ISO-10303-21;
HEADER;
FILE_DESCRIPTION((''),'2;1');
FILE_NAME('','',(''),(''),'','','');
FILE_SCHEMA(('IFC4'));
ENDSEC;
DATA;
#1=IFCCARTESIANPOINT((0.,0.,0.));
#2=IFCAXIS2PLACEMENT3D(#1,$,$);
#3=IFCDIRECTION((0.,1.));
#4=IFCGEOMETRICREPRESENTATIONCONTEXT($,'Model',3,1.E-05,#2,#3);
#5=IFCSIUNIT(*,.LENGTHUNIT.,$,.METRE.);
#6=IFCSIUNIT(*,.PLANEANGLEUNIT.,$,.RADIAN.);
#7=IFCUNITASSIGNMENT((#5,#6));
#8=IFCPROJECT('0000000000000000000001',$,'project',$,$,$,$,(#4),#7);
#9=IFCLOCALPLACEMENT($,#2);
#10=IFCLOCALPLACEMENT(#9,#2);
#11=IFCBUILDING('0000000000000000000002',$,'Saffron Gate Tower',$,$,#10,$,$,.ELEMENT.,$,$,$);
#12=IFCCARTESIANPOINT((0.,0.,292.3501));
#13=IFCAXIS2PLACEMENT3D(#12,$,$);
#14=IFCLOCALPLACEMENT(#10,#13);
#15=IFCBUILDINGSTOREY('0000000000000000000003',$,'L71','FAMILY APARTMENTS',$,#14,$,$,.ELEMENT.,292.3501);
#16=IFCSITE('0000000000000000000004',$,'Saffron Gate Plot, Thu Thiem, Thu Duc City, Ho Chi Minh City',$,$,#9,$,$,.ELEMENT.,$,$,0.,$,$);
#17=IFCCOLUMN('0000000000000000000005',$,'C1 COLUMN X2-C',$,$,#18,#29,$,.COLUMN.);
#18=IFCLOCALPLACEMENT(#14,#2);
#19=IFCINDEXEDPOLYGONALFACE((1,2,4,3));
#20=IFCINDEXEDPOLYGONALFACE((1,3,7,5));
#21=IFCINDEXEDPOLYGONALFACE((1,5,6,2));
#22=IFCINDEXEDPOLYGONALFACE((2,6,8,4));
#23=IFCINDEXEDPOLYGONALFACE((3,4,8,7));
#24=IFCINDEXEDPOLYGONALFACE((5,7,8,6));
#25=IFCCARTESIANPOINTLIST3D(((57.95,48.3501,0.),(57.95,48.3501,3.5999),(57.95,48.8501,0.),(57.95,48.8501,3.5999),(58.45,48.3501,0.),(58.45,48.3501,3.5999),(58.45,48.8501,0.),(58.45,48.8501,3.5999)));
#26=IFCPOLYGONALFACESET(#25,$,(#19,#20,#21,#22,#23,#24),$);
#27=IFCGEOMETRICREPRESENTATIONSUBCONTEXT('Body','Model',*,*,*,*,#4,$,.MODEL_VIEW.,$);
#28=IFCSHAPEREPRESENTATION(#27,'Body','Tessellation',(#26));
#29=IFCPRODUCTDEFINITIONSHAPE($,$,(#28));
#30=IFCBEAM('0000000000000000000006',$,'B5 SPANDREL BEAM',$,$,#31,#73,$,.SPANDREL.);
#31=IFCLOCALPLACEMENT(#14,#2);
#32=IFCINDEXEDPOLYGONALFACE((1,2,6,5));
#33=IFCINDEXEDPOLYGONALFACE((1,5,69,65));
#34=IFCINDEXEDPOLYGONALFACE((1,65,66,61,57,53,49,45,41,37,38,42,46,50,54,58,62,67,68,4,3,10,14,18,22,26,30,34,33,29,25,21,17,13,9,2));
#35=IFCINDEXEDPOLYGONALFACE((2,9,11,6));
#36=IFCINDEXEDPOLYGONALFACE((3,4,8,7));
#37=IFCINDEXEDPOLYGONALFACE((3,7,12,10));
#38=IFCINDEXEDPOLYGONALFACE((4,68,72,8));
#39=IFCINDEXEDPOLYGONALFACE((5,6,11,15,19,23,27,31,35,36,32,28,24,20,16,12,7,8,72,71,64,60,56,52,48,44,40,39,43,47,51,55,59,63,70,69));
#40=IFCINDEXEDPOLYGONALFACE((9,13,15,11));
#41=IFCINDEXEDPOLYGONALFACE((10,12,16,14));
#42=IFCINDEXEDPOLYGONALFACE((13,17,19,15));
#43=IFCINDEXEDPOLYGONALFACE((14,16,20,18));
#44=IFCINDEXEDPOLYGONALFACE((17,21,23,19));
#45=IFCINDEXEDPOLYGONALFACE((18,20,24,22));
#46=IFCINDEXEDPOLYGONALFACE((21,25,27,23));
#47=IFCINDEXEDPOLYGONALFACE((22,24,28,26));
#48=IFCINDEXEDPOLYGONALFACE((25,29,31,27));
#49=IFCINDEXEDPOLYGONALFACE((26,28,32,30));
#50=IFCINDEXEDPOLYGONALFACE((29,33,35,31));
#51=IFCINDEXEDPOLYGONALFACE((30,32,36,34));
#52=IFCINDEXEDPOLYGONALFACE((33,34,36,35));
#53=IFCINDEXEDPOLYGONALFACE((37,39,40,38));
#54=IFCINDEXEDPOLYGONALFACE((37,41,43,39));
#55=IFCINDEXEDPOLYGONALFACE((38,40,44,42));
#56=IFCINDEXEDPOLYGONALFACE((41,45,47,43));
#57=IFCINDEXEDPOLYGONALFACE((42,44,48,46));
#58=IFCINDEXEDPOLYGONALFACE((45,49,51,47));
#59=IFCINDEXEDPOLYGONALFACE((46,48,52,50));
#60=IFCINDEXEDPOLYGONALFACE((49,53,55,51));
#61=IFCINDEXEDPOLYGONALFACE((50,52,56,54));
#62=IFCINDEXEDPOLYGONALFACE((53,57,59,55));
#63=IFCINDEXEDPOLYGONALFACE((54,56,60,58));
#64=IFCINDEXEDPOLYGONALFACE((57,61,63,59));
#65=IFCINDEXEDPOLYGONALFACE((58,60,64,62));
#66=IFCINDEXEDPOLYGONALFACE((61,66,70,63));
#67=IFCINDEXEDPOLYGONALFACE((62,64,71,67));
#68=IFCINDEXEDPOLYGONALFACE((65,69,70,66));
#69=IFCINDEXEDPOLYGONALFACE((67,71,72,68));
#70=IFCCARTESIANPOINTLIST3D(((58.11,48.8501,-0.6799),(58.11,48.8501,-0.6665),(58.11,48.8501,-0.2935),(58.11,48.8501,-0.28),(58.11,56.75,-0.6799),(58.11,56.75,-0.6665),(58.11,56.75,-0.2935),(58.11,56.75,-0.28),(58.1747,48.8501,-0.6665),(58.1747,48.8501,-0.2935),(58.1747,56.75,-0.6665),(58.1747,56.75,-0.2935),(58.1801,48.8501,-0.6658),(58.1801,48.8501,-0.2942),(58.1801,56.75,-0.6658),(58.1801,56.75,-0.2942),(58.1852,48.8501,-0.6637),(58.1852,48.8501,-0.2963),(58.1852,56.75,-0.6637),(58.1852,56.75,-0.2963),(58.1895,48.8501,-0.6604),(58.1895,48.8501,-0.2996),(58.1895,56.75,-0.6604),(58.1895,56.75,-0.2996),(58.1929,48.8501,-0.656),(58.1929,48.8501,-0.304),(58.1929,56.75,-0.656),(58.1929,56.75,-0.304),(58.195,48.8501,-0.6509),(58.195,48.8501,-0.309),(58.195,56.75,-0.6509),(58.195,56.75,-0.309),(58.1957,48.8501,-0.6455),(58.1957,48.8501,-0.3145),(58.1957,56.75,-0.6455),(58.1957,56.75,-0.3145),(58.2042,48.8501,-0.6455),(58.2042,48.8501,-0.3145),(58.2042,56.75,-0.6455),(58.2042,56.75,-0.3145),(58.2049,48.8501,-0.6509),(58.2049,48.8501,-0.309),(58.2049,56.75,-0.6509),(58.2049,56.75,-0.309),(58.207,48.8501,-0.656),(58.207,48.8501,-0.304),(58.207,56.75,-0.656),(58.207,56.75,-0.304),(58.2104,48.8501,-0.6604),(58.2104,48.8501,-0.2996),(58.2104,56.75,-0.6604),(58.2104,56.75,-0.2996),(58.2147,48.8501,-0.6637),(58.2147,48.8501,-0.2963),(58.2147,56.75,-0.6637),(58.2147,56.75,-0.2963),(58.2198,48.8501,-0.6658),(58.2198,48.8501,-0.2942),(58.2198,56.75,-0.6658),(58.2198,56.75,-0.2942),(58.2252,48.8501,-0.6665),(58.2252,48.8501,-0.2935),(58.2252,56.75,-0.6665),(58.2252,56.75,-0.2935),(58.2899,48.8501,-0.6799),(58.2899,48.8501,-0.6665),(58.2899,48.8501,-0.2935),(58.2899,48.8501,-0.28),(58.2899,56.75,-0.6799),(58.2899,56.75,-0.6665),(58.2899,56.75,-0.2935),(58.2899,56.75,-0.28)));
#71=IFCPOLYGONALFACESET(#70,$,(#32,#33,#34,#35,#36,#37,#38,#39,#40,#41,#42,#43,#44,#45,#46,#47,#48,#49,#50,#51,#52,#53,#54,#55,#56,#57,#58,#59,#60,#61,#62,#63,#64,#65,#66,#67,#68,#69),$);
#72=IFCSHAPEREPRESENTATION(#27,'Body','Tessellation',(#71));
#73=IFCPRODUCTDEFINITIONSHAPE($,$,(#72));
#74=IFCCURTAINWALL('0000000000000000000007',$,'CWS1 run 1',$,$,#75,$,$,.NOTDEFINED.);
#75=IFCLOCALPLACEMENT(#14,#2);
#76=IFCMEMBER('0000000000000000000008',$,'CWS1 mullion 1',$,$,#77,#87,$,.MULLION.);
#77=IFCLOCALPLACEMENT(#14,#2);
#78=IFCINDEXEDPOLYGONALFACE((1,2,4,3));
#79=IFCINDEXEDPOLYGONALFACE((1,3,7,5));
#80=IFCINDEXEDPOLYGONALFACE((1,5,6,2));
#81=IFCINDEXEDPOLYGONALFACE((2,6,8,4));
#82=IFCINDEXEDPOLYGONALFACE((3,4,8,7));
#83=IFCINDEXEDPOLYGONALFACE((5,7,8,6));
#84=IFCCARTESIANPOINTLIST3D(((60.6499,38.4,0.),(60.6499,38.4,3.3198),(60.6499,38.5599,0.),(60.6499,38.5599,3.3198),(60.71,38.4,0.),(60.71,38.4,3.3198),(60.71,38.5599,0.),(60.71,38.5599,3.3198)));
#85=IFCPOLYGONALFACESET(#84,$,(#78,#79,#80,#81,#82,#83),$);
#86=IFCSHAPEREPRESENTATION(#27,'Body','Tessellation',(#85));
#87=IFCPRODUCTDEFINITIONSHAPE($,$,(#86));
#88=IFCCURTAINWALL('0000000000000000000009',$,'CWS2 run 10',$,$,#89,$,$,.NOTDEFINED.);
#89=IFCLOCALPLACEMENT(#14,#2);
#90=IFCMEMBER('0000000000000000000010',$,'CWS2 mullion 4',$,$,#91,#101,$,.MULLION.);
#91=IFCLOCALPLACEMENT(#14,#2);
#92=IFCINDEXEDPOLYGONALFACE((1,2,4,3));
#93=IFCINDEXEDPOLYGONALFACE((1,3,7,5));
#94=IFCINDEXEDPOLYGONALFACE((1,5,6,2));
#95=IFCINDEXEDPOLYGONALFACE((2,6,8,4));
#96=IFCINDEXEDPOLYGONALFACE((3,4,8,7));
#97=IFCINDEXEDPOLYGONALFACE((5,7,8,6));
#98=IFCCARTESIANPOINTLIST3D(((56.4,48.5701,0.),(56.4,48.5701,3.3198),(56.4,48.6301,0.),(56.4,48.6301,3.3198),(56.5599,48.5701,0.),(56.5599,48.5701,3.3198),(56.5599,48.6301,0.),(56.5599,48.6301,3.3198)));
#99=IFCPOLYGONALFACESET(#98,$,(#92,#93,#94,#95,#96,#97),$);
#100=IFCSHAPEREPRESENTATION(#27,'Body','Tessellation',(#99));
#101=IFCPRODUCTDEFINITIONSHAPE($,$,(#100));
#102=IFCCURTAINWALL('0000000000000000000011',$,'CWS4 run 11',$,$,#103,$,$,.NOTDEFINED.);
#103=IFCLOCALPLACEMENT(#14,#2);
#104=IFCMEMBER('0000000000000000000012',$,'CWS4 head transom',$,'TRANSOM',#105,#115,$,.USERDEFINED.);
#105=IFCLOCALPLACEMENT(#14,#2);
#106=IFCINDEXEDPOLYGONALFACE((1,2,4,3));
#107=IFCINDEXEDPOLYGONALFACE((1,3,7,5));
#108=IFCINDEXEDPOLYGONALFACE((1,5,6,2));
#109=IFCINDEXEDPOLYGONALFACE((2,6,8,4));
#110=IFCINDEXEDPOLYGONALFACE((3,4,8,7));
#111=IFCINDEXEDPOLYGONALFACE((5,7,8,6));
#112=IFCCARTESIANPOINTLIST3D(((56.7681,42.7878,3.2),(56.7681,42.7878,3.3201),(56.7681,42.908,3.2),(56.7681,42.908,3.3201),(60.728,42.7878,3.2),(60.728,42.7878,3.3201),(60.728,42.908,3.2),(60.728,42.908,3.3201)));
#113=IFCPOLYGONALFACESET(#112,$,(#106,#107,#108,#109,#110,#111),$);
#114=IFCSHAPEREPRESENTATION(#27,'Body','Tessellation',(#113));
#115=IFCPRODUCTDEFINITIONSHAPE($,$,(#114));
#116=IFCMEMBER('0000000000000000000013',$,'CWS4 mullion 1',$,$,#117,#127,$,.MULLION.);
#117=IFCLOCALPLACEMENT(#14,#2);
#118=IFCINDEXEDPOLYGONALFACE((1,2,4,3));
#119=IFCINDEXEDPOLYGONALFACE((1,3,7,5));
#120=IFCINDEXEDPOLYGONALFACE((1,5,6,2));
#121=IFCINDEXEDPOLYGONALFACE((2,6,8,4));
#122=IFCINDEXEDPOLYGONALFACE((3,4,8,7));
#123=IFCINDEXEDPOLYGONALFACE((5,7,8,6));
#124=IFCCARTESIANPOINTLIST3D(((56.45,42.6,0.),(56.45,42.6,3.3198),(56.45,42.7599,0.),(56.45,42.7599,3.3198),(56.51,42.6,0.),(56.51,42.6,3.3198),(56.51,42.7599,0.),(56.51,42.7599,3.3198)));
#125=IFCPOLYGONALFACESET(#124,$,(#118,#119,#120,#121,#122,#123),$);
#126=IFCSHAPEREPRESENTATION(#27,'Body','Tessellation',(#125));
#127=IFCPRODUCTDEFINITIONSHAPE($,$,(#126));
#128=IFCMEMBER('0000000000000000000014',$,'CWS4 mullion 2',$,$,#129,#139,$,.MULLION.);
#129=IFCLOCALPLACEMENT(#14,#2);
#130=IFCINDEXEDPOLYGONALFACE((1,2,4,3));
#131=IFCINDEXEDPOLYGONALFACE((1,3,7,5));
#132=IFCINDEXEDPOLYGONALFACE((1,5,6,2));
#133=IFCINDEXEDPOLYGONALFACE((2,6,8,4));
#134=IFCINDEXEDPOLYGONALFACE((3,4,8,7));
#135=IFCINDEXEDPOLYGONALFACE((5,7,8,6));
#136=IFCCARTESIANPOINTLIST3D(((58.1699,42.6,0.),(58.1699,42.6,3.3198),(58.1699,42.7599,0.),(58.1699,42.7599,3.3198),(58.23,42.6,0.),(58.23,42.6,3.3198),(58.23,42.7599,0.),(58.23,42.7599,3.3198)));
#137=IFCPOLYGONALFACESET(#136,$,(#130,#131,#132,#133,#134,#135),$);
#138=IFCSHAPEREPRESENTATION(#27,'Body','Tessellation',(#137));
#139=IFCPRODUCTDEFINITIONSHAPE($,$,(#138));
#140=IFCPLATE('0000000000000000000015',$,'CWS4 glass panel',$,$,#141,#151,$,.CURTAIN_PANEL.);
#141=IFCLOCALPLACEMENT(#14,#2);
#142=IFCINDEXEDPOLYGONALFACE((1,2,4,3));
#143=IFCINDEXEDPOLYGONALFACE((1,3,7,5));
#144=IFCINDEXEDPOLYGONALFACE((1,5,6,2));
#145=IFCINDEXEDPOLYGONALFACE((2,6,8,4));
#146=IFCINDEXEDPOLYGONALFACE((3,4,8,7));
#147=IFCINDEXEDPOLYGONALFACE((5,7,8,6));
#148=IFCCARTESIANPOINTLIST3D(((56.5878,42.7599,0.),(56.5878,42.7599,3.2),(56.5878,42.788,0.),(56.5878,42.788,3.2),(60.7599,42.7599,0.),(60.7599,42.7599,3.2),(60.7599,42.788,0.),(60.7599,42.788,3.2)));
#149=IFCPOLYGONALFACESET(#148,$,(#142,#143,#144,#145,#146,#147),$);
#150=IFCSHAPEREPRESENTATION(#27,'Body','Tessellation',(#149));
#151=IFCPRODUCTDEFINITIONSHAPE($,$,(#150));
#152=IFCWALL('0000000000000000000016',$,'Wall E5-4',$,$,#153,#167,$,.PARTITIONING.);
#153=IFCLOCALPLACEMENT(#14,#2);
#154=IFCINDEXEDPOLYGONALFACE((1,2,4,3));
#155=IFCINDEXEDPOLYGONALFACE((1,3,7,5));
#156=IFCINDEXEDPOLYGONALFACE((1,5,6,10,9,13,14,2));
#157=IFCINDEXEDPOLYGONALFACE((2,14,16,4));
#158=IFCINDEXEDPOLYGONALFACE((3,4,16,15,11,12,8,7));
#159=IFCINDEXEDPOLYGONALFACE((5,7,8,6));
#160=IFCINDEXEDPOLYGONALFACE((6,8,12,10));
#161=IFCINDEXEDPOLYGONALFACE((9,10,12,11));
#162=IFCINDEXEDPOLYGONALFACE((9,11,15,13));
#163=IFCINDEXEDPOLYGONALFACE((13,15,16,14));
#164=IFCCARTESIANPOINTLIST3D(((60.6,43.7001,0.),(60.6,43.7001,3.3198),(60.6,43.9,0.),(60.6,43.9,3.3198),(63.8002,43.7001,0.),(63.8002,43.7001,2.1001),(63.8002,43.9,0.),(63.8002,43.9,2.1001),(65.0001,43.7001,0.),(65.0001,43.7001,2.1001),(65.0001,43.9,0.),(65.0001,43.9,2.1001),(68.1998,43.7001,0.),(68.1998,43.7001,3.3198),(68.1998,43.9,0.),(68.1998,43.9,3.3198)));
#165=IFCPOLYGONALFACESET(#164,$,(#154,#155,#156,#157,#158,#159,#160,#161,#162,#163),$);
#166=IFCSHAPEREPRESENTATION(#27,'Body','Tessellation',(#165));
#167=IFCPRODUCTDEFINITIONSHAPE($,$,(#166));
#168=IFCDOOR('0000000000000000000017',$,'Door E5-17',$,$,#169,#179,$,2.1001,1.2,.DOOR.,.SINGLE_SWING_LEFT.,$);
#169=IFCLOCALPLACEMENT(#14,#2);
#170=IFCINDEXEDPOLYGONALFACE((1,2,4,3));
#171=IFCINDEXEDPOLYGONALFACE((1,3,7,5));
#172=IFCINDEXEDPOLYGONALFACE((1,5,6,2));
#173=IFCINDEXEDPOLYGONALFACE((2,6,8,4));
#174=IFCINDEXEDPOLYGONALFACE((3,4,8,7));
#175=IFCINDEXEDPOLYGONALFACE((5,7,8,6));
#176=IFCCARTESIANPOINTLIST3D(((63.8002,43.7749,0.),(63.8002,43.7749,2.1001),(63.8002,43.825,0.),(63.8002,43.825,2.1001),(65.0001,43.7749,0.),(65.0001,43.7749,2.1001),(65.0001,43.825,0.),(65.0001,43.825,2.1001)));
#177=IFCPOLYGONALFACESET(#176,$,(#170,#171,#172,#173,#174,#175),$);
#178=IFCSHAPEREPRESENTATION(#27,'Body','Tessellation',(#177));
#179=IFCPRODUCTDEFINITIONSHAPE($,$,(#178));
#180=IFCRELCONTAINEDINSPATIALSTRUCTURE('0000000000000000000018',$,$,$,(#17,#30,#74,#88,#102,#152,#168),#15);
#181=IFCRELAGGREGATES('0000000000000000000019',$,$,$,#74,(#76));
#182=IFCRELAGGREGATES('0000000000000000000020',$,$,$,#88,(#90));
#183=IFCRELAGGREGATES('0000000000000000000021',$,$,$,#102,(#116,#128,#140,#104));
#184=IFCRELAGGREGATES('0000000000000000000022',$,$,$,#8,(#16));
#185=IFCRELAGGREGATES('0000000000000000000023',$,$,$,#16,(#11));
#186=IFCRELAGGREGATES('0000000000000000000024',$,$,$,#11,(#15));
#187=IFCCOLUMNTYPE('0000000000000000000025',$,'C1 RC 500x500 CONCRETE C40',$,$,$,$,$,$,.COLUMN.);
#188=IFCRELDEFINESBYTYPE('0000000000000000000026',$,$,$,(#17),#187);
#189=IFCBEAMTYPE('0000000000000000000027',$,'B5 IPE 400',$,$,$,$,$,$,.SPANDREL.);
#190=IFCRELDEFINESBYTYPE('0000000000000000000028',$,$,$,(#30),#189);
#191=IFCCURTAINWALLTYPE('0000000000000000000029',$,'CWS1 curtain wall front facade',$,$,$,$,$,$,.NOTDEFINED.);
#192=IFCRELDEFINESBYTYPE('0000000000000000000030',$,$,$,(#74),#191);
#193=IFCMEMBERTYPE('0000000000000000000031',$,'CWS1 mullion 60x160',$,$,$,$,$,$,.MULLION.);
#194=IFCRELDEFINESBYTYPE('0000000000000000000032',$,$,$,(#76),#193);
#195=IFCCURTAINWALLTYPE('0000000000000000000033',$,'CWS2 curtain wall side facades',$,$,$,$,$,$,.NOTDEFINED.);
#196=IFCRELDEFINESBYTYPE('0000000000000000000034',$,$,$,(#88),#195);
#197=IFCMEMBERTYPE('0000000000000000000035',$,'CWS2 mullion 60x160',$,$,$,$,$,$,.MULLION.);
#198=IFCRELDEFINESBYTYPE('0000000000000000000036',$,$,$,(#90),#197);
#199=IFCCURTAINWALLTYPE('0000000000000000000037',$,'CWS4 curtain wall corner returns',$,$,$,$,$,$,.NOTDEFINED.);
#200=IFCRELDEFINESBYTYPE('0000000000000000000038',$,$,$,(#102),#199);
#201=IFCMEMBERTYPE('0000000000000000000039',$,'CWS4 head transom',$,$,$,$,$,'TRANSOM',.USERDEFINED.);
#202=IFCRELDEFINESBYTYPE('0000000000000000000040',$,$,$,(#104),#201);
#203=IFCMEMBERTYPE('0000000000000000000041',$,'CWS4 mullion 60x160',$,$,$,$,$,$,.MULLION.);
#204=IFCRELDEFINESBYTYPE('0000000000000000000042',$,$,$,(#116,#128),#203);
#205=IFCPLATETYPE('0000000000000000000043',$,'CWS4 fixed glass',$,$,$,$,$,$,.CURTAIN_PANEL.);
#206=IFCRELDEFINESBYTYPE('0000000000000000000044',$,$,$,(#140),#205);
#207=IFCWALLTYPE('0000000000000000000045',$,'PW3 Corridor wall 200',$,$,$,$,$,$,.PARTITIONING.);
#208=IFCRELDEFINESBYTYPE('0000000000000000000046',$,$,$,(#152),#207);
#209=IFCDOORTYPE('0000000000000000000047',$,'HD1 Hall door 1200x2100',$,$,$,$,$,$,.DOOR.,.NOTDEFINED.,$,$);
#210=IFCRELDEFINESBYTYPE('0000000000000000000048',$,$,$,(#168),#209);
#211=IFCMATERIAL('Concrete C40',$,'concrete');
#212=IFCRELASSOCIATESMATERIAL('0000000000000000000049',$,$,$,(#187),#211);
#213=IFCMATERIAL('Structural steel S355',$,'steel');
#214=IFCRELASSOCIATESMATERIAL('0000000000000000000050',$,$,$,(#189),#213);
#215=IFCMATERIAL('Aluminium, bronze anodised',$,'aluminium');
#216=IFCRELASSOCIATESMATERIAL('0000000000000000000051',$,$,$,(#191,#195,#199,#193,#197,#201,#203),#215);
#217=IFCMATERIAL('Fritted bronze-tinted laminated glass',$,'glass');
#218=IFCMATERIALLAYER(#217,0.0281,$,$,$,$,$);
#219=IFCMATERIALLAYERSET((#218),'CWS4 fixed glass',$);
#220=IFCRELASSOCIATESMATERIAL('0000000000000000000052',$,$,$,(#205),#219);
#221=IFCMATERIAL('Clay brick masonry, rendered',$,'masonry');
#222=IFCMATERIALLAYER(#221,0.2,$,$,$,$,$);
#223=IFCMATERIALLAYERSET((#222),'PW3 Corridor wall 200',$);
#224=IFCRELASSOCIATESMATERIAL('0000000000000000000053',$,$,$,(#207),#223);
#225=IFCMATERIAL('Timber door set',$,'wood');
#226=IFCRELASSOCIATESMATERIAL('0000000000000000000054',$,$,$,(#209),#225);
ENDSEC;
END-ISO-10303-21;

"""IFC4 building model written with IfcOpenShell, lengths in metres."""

from ifc_helpers import new_model, si_unit, direction, frame, frame_2d, origin, origin_2d, place, context, subcontext, project, spatial, rectangle, i_section, extrude, material, layer, layer_set, material_profile, profile_set, type_object, element, fill, aggregate, save


model = new_model("IFC4")

# Units and contexts
model_context = context("Model", 3, precision=1e-05, world=origin(), true_north=direction((0.0, 1.0)))
body_context = subcontext(model_context, "Body", "Model", "MODEL_VIEW")
ifc_project = project(units=[si_unit("LENGTHUNIT", "METRE"), si_unit("PLANEANGLEUNIT", "RADIAN")], contexts=[model_context])

# Site, building, storey
site_placement = place(None, origin())
site = spatial("IfcSite", under=ifc_project, at=site_placement, Name="Saffron Gate Plot, Thu Thiem, Thu Duc City, Ho Chi Minh City", CompositionType="ELEMENT", RefElevation=0.0)
building_placement = place(site_placement, origin())
building = spatial("IfcBuilding", under=site, at=building_placement, Name="Saffron Gate Tower", CompositionType="ELEMENT")
storey_placement = place(building_placement, frame((0.0, 0.0, 292.3501)))
storey = spatial("IfcBuildingStorey", under=building, at=storey_placement, Name="L71", Description="FAMILY APARTMENTS", CompositionType="ELEMENT", Elevation=292.3501)

# Column
ifc_material_1 = material(Name="Concrete C40", Category="concrete")
ifc_material_profile_1 = material_profile(ifc_material_1, rectangle(XDim=0.5, YDim=0.5, at=origin_2d()))
ifc_profile_set_1 = profile_set([ifc_material_profile_1], Name="Concrete C40")
column_type = type_object("IfcColumnType", Name="C1 RC 500x500 CONCRETE C40", PredefinedType="COLUMN", material=ifc_profile_set_1)
column_placement = place(storey_placement, frame((58.2, 48.6001, 0.0), z_axis=(0.0, 0.0, 1.0), x_axis=(1.0, 0.0, 0.0)))
element("IfcColumn", 1, at=column_placement, inside=storey, type_object=column_type, Name="C1 COLUMN X2-C", PredefinedType="COLUMN", context=body_context, shape_type="SweptSolid", body=[
    extrude(rectangle(XDim=0.5, YDim=0.5, at=origin_2d()), origin(), (0.0, 0.0, 1.0), 3.5999),
])

# Beam
ifc_material_2 = material(Name="Structural steel S355", Category="steel")
ifc_material_profile_2 = material_profile(ifc_material_2, i_section(OverallWidth=0.1799, OverallDepth=0.3999, WebThickness=0.0085, FlangeThickness=0.0134, FilletRadius=0.021, at=origin_2d()))
ifc_profile_set_2 = profile_set([ifc_material_profile_2], Name="Structural steel S355")
beam_type = type_object("IfcBeamType", Name="B5 IPE 400", PredefinedType="SPANDREL", material=ifc_profile_set_2)
beam_placement = place(storey_placement, frame((58.2, 48.8501, -0.48), z_axis=(0.0, 1.0, 0.0), x_axis=(-1.0, 0.0, 0.0)))
element("IfcBeam", 2, at=beam_placement, inside=storey, type_object=beam_type, Name="B5 SPANDREL BEAM", PredefinedType="SPANDREL", context=body_context, shape_type="SweptSolid", body=[
    extrude(i_section(OverallWidth=0.1799, OverallDepth=0.3999, WebThickness=0.0085, FlangeThickness=0.0134, FilletRadius=0.021, at=origin_2d()), origin(), (0.0, 0.0, 1.0), 7.8999),
])

# Curtain walls, members
ifc_material_3 = material(Name="Aluminium, bronze anodised", Category="aluminium")
curtain_wall_type_1 = type_object("IfcCurtainWallType", Name="CWS1 curtain wall front facade", PredefinedType="NOTDEFINED", material=ifc_material_3)
curtain_wall_1_placement = place(storey_placement, origin())
curtain_wall_1 = element("IfcCurtainWall", 3, at=curtain_wall_1_placement, inside=storey, type_object=curtain_wall_type_1, Name="CWS1 run 1", PredefinedType="NOTDEFINED")
ifc_material_profile_3 = material_profile(ifc_material_3, rectangle(XDim=0.1599, YDim=0.0601, at=origin_2d()))
ifc_profile_set_3 = profile_set([ifc_material_profile_3], Name="Aluminium, bronze anodised")
member_type_1 = type_object("IfcMemberType", Name="CWS1 mullion 60x160", PredefinedType="MULLION", material=ifc_profile_set_3)
member_1_placement = place(storey_placement, frame((60.6799, 38.48, 0.0), z_axis=(0.0, 0.0, 1.0), x_axis=(0.0, 1.0, 0.0)))
member_1 = element("IfcMember", 4, at=member_1_placement, type_object=member_type_1, Name="CWS1 mullion 1", PredefinedType="MULLION", context=body_context, shape_type="SweptSolid", body=[
    extrude(rectangle(XDim=0.1599, YDim=0.0601, at=origin_2d()), origin(), (0.0, 0.0, 1.0), 3.3198),
])
aggregate(curtain_wall_1, [member_1])
curtain_wall_type_2 = type_object("IfcCurtainWallType", Name="CWS2 curtain wall side facades", PredefinedType="NOTDEFINED", material=ifc_material_3)
curtain_wall_2_placement = place(storey_placement, origin())
curtain_wall_2 = element("IfcCurtainWall", 5, at=curtain_wall_2_placement, inside=storey, type_object=curtain_wall_type_2, Name="CWS2 run 10", PredefinedType="NOTDEFINED")
ifc_material_profile_4 = material_profile(ifc_material_3, rectangle(XDim=0.1599, YDim=0.0601, at=origin_2d()))
ifc_profile_set_4 = profile_set([ifc_material_profile_4], Name="Aluminium, bronze anodised")
member_type_2 = type_object("IfcMemberType", Name="CWS2 mullion 60x160", PredefinedType="MULLION", material=ifc_profile_set_4)
member_2_placement = place(storey_placement, frame((56.48, 48.6001, 0.0), z_axis=(0.0, 0.0, 1.0), x_axis=(1.0, 0.0, 0.0)))
member_2 = element("IfcMember", 6, at=member_2_placement, type_object=member_type_2, Name="CWS2 mullion 4", PredefinedType="MULLION", context=body_context, shape_type="SweptSolid", body=[
    extrude(rectangle(XDim=0.1599, YDim=0.0601, at=origin_2d()), origin(), (0.0, 0.0, 1.0), 3.3198),
])
aggregate(curtain_wall_2, [member_2])

# Curtain wall, members, plate
curtain_wall_type_3 = type_object("IfcCurtainWallType", Name="CWS4 curtain wall corner returns", PredefinedType="NOTDEFINED", material=ifc_material_3)
curtain_wall_3_placement = place(storey_placement, origin())
curtain_wall_3 = element("IfcCurtainWall", 7, at=curtain_wall_3_placement, inside=storey, type_object=curtain_wall_type_3, Name="CWS4 run 11", PredefinedType="NOTDEFINED")
ifc_material_profile_5 = material_profile(ifc_material_3, rectangle(XDim=0.1201, YDim=0.1201, at=origin_2d()))
ifc_profile_set_5 = profile_set([ifc_material_profile_5], Name="Aluminium, bronze anodised")
member_type_3 = type_object("IfcMemberType", Name="CWS4 head transom", ElementType="TRANSOM", PredefinedType="USERDEFINED", material=ifc_profile_set_5)
member_3_placement = place(storey_placement, frame((56.7681, 42.8479, 3.26), z_axis=(1.0, 0.0, 0.0), x_axis=(0.0, 1.0, 0.0)))
member_3 = element("IfcMember", 8, at=member_3_placement, type_object=member_type_3, Name="CWS4 head transom", ObjectType="TRANSOM", PredefinedType="USERDEFINED", context=body_context, shape_type="SweptSolid", body=[
    extrude(rectangle(XDim=0.1201, YDim=0.1201, at=origin_2d()), origin(), (0.0, 0.0, 1.0), 3.96),
])
ifc_material_profile_6 = material_profile(ifc_material_3, rectangle(XDim=0.1599, YDim=0.0601, at=origin_2d()))
ifc_profile_set_6 = profile_set([ifc_material_profile_6], Name="Aluminium, bronze anodised")
member_type_4 = type_object("IfcMemberType", Name="CWS4 mullion 60x160", PredefinedType="MULLION", material=ifc_profile_set_6)
member_4_placement = place(storey_placement, frame((56.48, 42.6799, 0.0), z_axis=(0.0, 0.0, 1.0), x_axis=(0.0, 1.0, 0.0)))
member_4 = element("IfcMember", 9, at=member_4_placement, type_object=member_type_4, Name="CWS4 mullion 1", PredefinedType="MULLION", context=body_context, shape_type="SweptSolid", body=[
    extrude(rectangle(XDim=0.1599, YDim=0.0601, at=origin_2d()), origin(), (0.0, 0.0, 1.0), 3.3198),
])
member_5_placement = place(storey_placement, frame((58.2, 42.6799, 0.0), z_axis=(0.0, 0.0, 1.0), x_axis=(0.0, 1.0, 0.0)))
member_5 = element("IfcMember", 10, at=member_5_placement, type_object=member_type_4, Name="CWS4 mullion 2", PredefinedType="MULLION", context=body_context, shape_type="SweptSolid", body=[
    extrude(rectangle(XDim=0.1599, YDim=0.0601, at=origin_2d()), origin(), (0.0, 0.0, 1.0), 3.3198),
])
ifc_material_4 = material(Name="Fritted bronze-tinted laminated glass", Category="glass")
ifc_layer_1 = layer(ifc_material_4, 0.0281)
ifc_layer_set_1 = layer_set([ifc_layer_1], Name="CWS4 fixed glass")
plate_type = type_object("IfcPlateType", Name="CWS4 fixed glass", PredefinedType="CURTAIN_PANEL", material=ifc_layer_set_1)
plate_placement = place(storey_placement, frame((56.5879, 42.7739, 0.0), z_axis=(0.0, 0.0, 1.0), x_axis=(1.0, 0.0, 0.0)))
plate = element("IfcPlate", 11, at=plate_placement, type_object=plate_type, Name="CWS4 glass panel", PredefinedType="CURTAIN_PANEL", context=body_context, shape_type="SweptSolid", body=[
    extrude(rectangle(XDim=4.1721, YDim=0.0281, at=frame_2d((2.0859, 0.0))), origin(), (0.0, 0.0, 1.0), 3.2),
])
aggregate(curtain_wall_3, [member_4, member_5, plate, member_3])

# Wall, opening, door
ifc_material_5 = material(Name="Clay brick masonry, rendered", Category="masonry")
ifc_layer_2 = layer(ifc_material_5, 0.2)
ifc_layer_set_2 = layer_set([ifc_layer_2], Name="PW3 Corridor wall 200")
wall_type_1 = type_object("IfcWallType", Name="PW3 Corridor wall 200", PredefinedType="PARTITIONING", material=ifc_layer_set_2)
wall_1_placement = place(storey_placement, frame((60.6001, 43.8, 0.0), z_axis=(0.0, 0.0, 1.0), x_axis=(1.0, 0.0, 0.0)))
wall_1 = element("IfcWall", 12, at=wall_1_placement, inside=storey, type_object=wall_type_1, Name="Wall E5-4", PredefinedType="PARTITIONING", context=body_context, shape_type="SweptSolid", body=[
    extrude(rectangle(XDim=7.5999, YDim=0.2, at=frame_2d((3.7998, 0.0))), origin(), (0.0, 0.0, 1.0), 3.3198),
])
opening_placement = place(wall_1_placement, frame((3.2, 0.0, 0.0)))
opening = element("IfcOpeningElement", 13, at=opening_placement, cuts=wall_1, PredefinedType="OPENING", context=body_context, shape_type="SweptSolid", body=[
    extrude(rectangle(XDim=1.2, YDim=2.1001, at=frame_2d((0.6001, 1.05))), frame((0.0, 0.1099, 0.0), z_axis=(0.0, -1.0, 0.0), x_axis=(1.0, 0.0, 0.0)), (0.0, 0.0, 1.0), 0.22),
])
ifc_material_6 = material(Name="Timber door set", Category="wood")
door_type = type_object("IfcDoorType", Name="HD1 Hall door 1200x2100", OperationType="NOTDEFINED", PredefinedType="DOOR", material=ifc_material_6)
door_placement = place(opening_placement, origin())
door = element("IfcDoor", 14, at=door_placement, inside=storey, type_object=door_type, Name="Door E5-17", OperationType="SINGLE_SWING_LEFT", OverallHeight=2.1001, OverallWidth=1.2, PredefinedType="DOOR", context=body_context, shape_type="SweptSolid", body=[
    extrude(rectangle(XDim=1.2, YDim=2.1001, at=frame_2d((0.6001, 1.05))), frame((0.0, 0.0249, 0.0), z_axis=(0.0, -1.0, 0.0), x_axis=(1.0, 0.0, 0.0)), (0.0, 0.0, 1.0), 0.05),
])
fill(opening, door)

save(model, "model.ifc")
